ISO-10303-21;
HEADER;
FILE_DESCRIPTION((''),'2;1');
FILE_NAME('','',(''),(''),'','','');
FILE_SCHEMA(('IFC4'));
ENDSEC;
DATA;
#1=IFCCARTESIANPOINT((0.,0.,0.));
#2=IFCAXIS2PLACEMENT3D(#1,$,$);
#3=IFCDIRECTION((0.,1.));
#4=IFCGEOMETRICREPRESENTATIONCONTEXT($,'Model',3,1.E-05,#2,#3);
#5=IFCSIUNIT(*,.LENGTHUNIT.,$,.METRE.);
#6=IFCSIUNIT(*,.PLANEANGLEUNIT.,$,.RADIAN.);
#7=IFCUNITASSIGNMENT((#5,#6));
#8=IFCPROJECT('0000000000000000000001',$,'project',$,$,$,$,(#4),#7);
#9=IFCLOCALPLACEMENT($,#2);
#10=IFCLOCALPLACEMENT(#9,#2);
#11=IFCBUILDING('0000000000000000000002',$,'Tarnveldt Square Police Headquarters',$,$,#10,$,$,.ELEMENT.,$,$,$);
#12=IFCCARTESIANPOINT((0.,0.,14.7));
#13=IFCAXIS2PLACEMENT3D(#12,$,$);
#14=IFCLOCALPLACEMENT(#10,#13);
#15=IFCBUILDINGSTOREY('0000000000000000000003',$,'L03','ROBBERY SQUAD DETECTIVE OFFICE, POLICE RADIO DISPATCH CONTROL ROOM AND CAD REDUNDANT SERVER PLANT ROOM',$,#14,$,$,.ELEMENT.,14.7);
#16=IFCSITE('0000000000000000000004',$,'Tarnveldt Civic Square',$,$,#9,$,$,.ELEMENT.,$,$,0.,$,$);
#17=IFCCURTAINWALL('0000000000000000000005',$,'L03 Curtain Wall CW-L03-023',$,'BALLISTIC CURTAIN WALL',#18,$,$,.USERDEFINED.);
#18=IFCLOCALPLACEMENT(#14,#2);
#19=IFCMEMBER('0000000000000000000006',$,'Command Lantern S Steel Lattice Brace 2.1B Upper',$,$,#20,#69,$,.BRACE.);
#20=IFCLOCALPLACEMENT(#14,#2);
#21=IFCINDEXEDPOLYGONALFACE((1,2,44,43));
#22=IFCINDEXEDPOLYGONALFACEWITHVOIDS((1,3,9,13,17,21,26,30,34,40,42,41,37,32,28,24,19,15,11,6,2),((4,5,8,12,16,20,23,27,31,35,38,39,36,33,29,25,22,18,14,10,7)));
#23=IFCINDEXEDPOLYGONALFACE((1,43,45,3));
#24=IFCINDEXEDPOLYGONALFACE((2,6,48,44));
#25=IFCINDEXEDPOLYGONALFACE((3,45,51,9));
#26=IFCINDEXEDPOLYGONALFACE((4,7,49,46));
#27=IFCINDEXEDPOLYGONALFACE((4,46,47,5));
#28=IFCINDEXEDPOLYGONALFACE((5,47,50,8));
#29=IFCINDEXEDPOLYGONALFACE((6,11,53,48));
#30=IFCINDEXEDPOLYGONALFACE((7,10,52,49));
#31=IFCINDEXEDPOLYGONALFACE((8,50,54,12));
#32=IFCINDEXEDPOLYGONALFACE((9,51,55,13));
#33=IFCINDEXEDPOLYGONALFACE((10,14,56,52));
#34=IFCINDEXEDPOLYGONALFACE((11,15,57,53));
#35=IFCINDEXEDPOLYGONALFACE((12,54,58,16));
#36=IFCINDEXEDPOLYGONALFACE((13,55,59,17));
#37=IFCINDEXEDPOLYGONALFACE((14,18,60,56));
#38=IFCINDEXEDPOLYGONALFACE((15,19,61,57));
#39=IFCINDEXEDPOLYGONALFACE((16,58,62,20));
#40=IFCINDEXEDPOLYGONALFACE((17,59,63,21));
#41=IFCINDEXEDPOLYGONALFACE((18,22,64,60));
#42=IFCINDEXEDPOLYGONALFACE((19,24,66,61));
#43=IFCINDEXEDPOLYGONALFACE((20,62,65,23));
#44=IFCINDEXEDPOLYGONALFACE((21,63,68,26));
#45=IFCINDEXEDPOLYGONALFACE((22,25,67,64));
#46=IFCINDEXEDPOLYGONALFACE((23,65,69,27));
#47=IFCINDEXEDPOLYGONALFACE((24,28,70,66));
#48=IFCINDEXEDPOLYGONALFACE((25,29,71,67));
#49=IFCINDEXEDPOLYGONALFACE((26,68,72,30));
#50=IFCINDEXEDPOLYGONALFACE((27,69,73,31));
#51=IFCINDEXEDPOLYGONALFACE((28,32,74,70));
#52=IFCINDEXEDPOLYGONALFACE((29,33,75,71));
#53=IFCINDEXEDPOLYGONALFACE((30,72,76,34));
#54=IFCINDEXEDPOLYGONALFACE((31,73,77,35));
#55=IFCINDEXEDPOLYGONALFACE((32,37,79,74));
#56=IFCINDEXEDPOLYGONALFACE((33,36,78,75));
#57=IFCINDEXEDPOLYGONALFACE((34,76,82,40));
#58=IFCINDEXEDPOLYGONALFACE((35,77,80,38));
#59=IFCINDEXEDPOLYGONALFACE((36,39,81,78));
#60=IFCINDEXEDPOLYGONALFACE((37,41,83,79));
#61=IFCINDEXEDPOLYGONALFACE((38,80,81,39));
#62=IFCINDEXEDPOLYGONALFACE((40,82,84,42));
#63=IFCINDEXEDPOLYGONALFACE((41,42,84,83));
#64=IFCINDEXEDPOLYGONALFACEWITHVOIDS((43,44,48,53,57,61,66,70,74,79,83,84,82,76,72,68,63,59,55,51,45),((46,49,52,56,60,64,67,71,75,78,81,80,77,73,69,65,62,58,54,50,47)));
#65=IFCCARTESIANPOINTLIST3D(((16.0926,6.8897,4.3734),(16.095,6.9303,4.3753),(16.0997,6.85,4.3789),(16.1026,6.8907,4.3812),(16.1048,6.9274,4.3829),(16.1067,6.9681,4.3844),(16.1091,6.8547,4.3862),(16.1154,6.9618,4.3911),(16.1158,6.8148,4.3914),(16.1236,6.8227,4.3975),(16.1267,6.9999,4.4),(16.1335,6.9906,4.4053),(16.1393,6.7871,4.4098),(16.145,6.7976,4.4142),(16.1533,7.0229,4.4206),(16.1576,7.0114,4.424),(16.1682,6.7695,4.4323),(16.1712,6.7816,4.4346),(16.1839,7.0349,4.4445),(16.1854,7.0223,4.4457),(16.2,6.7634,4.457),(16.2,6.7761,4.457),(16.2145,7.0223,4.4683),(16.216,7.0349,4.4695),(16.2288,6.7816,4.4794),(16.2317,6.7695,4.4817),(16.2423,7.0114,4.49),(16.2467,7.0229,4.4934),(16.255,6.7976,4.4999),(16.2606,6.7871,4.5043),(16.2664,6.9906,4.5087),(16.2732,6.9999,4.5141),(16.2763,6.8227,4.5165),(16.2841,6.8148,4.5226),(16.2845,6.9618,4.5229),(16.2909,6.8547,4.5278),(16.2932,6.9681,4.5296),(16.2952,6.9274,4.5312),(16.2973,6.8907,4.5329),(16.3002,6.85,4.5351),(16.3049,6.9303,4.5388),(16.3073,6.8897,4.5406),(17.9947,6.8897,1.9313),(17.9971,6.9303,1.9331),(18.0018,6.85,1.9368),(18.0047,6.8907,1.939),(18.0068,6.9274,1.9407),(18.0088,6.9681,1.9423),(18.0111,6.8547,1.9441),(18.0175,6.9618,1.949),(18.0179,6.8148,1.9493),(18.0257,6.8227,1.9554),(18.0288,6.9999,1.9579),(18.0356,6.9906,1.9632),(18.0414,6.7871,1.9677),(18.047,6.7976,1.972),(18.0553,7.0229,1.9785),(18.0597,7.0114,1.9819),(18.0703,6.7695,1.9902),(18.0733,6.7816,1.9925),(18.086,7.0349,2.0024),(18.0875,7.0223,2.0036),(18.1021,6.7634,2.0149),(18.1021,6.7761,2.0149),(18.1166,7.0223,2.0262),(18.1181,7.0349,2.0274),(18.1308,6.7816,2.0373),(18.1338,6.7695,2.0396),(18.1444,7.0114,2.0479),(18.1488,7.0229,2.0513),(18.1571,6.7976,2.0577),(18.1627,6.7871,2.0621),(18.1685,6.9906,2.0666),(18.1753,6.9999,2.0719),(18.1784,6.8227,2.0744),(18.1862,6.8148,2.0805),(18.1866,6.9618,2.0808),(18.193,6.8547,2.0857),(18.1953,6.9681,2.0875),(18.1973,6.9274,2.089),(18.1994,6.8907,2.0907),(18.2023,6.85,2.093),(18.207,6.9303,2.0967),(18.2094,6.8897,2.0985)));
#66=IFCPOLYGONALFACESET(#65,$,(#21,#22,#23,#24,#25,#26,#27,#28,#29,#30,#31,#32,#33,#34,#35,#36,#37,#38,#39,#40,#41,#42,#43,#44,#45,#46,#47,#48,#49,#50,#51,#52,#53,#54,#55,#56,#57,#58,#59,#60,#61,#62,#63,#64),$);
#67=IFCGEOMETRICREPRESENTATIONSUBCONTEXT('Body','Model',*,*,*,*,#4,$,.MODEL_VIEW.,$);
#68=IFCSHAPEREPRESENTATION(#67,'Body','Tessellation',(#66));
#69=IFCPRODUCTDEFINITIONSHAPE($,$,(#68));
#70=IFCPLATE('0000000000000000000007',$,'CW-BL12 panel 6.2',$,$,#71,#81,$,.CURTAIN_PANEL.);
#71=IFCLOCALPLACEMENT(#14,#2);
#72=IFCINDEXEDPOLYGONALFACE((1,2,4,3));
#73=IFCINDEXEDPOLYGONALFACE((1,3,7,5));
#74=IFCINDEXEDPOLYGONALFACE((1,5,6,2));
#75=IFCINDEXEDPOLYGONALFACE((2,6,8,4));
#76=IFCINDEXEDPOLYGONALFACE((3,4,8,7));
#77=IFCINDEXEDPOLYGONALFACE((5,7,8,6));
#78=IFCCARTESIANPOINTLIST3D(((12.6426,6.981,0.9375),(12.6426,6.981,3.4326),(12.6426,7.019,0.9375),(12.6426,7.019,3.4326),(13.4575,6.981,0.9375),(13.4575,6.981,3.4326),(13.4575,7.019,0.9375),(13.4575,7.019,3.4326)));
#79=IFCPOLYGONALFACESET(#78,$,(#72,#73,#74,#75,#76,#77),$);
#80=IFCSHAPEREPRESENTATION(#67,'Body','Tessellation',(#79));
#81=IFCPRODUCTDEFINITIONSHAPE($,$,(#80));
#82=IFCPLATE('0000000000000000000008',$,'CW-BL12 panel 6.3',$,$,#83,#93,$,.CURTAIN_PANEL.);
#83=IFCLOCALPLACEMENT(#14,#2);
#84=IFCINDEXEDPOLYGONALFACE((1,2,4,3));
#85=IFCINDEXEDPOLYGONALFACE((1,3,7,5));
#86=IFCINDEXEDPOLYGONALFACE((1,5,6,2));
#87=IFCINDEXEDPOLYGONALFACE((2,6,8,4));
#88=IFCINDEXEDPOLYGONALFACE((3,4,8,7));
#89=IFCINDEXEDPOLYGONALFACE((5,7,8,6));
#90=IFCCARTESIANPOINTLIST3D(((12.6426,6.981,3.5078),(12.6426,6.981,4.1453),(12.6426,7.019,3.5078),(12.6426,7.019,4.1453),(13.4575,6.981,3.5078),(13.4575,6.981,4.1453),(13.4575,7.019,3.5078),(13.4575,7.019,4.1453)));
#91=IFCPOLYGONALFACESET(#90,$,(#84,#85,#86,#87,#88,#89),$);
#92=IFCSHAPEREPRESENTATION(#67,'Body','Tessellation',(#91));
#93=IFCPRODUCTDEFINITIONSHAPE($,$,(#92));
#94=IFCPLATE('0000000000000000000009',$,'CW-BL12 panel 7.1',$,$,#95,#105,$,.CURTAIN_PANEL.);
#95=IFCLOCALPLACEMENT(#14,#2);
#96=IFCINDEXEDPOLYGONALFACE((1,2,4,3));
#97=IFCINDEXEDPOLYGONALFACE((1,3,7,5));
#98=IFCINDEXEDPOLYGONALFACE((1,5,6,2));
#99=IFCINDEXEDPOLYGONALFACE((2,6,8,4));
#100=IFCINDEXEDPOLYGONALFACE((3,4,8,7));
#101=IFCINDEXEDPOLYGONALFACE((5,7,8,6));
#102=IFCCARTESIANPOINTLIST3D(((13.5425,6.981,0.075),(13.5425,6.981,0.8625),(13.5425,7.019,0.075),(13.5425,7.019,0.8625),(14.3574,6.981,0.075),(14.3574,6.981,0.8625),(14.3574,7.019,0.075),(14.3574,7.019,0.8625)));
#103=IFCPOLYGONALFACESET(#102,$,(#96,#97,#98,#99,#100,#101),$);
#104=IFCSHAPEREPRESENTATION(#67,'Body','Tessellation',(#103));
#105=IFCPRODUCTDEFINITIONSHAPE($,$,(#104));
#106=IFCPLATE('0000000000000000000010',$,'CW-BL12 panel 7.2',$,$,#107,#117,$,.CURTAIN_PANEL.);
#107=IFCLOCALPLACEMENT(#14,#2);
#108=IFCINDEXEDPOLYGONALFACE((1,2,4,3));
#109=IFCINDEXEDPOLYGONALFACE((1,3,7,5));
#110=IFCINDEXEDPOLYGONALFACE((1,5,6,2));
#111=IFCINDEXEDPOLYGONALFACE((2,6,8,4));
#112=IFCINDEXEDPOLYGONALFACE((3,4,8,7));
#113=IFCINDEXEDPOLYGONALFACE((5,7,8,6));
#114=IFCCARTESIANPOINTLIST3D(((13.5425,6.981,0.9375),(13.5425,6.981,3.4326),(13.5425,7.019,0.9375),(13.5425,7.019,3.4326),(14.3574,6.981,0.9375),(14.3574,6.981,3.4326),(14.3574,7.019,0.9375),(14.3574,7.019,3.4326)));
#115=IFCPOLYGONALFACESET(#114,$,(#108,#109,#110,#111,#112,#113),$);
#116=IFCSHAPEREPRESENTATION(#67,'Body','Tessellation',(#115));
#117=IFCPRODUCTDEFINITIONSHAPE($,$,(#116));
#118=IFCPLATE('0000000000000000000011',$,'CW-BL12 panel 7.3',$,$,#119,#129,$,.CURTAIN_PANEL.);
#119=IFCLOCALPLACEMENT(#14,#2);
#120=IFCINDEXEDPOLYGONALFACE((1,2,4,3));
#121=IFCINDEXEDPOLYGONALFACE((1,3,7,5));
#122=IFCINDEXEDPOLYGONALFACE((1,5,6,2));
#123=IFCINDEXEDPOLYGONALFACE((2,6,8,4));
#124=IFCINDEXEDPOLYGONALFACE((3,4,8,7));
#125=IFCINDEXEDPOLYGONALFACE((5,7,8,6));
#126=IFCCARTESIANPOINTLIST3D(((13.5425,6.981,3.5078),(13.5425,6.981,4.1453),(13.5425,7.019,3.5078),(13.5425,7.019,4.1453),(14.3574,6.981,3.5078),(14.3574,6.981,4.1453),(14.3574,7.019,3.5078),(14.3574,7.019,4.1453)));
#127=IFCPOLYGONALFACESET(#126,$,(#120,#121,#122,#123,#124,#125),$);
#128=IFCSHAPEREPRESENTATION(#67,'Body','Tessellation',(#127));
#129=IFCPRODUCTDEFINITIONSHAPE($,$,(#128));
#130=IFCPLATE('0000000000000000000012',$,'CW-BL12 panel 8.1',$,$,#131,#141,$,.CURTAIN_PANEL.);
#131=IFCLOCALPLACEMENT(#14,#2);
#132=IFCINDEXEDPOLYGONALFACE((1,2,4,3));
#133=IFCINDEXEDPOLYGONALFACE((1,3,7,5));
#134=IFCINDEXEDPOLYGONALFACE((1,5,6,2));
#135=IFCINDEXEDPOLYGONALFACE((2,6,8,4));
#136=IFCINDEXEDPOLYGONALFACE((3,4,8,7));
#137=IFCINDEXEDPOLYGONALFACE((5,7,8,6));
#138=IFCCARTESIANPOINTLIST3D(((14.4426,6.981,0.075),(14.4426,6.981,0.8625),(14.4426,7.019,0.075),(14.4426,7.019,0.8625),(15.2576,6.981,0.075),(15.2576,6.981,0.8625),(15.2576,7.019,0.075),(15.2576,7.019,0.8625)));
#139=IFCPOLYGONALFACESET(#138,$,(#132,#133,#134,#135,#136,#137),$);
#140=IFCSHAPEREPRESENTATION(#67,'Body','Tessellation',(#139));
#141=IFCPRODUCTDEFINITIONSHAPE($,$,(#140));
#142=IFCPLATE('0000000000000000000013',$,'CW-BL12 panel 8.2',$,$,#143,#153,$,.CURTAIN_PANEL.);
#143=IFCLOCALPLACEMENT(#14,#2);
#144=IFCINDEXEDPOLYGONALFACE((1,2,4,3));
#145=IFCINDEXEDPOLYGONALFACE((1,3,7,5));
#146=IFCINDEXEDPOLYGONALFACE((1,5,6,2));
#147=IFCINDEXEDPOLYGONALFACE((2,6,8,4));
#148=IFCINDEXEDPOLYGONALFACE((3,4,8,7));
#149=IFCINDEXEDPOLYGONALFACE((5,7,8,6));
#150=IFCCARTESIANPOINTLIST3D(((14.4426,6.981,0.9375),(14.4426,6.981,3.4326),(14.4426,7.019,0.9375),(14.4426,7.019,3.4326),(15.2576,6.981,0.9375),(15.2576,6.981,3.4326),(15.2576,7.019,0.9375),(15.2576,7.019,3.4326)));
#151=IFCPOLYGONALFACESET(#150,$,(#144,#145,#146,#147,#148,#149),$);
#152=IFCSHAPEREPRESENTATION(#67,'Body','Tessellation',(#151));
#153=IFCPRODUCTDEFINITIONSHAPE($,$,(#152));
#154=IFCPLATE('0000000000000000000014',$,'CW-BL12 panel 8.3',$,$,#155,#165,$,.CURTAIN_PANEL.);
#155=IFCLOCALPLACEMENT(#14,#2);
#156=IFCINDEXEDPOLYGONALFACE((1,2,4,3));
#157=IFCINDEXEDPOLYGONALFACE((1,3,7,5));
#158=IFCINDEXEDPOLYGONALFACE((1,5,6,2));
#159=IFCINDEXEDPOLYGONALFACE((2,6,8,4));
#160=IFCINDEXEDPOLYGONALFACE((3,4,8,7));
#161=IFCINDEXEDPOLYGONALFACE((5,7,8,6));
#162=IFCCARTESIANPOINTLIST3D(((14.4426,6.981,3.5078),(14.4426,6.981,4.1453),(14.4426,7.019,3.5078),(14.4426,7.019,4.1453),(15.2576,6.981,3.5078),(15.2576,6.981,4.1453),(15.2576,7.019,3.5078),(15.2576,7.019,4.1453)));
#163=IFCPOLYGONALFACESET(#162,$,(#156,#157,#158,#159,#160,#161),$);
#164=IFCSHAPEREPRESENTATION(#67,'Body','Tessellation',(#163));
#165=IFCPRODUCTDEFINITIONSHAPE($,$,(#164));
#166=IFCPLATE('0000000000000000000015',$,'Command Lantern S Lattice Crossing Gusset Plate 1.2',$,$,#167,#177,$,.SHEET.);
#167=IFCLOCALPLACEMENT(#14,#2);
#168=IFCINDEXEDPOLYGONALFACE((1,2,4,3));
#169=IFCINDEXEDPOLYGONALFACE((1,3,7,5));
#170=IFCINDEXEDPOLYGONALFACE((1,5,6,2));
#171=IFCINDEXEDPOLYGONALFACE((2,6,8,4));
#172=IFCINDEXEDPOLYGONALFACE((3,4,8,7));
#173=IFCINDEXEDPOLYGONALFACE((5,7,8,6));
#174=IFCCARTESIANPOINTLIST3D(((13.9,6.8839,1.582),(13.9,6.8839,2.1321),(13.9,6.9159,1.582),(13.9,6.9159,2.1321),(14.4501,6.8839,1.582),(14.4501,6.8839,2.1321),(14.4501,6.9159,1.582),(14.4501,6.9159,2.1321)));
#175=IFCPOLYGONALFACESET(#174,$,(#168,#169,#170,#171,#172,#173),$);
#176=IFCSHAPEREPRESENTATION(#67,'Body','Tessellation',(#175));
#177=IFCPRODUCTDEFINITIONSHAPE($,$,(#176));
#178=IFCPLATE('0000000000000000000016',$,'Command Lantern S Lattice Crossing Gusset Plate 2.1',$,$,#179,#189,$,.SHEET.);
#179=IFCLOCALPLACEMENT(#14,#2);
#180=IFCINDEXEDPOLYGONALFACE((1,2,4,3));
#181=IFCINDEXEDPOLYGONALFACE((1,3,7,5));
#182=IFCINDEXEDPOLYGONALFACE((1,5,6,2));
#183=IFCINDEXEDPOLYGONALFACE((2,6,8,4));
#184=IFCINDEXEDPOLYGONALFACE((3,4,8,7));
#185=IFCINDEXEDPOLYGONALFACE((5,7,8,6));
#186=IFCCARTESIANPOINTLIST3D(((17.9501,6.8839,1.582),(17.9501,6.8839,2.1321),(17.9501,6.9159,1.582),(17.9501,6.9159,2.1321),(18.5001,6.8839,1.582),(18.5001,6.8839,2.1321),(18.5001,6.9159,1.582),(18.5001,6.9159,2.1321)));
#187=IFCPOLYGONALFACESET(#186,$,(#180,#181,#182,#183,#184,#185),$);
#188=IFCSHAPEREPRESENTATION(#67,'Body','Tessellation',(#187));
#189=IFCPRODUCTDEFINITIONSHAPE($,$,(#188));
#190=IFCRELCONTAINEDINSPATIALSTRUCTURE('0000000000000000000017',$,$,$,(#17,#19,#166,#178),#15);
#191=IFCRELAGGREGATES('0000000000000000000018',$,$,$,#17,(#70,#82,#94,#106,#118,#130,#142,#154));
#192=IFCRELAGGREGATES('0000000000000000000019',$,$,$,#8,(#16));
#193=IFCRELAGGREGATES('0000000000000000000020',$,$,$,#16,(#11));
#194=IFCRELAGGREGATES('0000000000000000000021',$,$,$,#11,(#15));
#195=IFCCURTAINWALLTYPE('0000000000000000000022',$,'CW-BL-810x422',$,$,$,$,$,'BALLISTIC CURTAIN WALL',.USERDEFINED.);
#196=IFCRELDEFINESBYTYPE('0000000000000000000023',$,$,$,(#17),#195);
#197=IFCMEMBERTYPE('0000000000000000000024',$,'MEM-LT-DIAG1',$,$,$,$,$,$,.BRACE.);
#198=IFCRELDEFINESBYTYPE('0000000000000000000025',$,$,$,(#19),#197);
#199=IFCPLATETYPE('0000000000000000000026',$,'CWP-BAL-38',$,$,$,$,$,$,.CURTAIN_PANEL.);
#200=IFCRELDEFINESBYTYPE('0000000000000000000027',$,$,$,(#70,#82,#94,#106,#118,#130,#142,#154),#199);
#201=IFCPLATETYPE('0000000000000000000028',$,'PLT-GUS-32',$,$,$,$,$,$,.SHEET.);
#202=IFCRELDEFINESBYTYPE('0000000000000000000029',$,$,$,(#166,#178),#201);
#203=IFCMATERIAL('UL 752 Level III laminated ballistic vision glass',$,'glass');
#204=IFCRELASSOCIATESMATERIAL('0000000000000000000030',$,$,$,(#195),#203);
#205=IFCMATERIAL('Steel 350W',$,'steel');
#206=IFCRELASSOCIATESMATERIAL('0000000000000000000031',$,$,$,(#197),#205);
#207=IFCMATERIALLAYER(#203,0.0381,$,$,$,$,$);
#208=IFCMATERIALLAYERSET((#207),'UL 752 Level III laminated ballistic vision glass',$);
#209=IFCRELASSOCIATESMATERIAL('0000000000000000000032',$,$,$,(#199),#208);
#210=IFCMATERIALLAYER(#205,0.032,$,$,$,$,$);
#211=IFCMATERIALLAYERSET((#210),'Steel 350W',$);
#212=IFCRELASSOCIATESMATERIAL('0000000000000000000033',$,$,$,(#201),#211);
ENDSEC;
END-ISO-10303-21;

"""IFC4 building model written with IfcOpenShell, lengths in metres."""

from ifc_helpers import new_model, si_unit, direction, frame, origin, origin_2d, place, context, subcontext, project, spatial, rectangle, hollow_circle, extrude, material, layer, layer_set, material_profile, profile_set, type_object, element, aggregate, save


model = new_model("IFC4")

# Units and contexts
model_context = context("Model", 3, precision=1e-05, world=origin(), true_north=direction((0.0, 1.0)))
body_context = subcontext(model_context, "Body", "Model", "MODEL_VIEW")
ifc_project = project(units=[si_unit("LENGTHUNIT", "METRE"), si_unit("PLANEANGLEUNIT", "RADIAN")], contexts=[model_context])

# Site, building, storey
site_placement = place(None, origin())
site = spatial("IfcSite", under=ifc_project, at=site_placement, Name="Tarnveldt Civic Square", CompositionType="ELEMENT", RefElevation=0.0)
building_placement = place(site_placement, origin())
building = spatial("IfcBuilding", under=site, at=building_placement, Name="Tarnveldt Square Police Headquarters", CompositionType="ELEMENT")
storey_placement = place(building_placement, frame((0.0, 0.0, 14.7)))
storey = spatial("IfcBuildingStorey", under=building, at=storey_placement, Name="L03", Description="ROBBERY SQUAD DETECTIVE OFFICE, POLICE RADIO DISPATCH CONTROL ROOM AND CAD REDUNDANT SERVER PLANT ROOM", CompositionType="ELEMENT", Elevation=14.7)

# Curtain wall
ifc_material_1 = material(Name="UL 752 Level III laminated ballistic vision glass", Category="glass")
curtain_wall_type = type_object("IfcCurtainWallType", Name="CW-BL-810x422", ElementType="BALLISTIC CURTAIN WALL", PredefinedType="USERDEFINED", material=ifc_material_1)
curtain_wall_placement = place(storey_placement, origin())
curtain_wall = element("IfcCurtainWall", 1, at=curtain_wall_placement, inside=storey, type_object=curtain_wall_type, Name="L03 Curtain Wall CW-L03-023", ObjectType="BALLISTIC CURTAIN WALL", PredefinedType="USERDEFINED")

# Member
ifc_material_2 = material(Name="Steel 350W", Category="steel")
ifc_material_profile_1 = material_profile(ifc_material_2, hollow_circle(Radius=0.1365, WallThickness=0.0127, at=origin_2d()), Name="HSS273x13")
ifc_profile_set_1 = profile_set([ifc_material_profile_1], Name="Steel 350W")
member_type_1 = type_object("IfcMemberType", Name="MEM-LT-DIAG1", PredefinedType="BRACE", material=ifc_profile_set_1)
member_1_placement = place(storey_placement, frame((18.1021, 6.8999, 2.0149), z_axis=(-0.614476, 0.0, 0.788936), x_axis=(0.0, -1.0, 0.0)))
element("IfcMember", 2, at=member_1_placement, inside=storey, type_object=member_type_1, Name="Command Lantern S Steel Lattice Brace 2.1B Upper", PredefinedType="BRACE", context=body_context, shape_type="SweptSolid", body=[
    extrude(hollow_circle(Radius=0.1365, WallThickness=0.0127, at=origin_2d()), origin(), (0.0, 0.0, 1.0), 3.0955),
])

# Plates
ifc_layer_1 = layer(ifc_material_1, 0.0381)
ifc_layer_set_1 = layer_set([ifc_layer_1], Name="UL 752 Level III laminated ballistic vision glass")
plate_type_1 = type_object("IfcPlateType", Name="CWP-BAL-38", PredefinedType="CURTAIN_PANEL", material=ifc_layer_set_1)
plate_1_placement = place(storey_placement, frame((13.05, 7.0, 0.9375), z_axis=(0.0, 0.0, 1.0), x_axis=(1.0, 0.0, 0.0)))
plate_1 = element("IfcPlate", 3, at=plate_1_placement, type_object=plate_type_1, Name="CW-BL12 panel 6.2", PredefinedType="CURTAIN_PANEL", context=body_context, shape_type="SweptSolid", body=[
    extrude(rectangle(XDim=0.8149, YDim=0.0381, at=origin_2d()), origin(), (0.0, 0.0, 1.0), 2.4951),
])
plate_2_placement = place(storey_placement, frame((13.05, 7.0, 3.5078), z_axis=(0.0, 0.0, 1.0), x_axis=(1.0, 0.0, 0.0)))
plate_2 = element("IfcPlate", 4, at=plate_2_placement, type_object=plate_type_1, Name="CW-BL12 panel 6.3", PredefinedType="CURTAIN_PANEL", context=body_context, shape_type="SweptSolid", body=[
    extrude(rectangle(XDim=0.8149, YDim=0.0381, at=origin_2d()), origin(), (0.0, 0.0, 1.0), 0.6375),
])
plate_3_placement = place(storey_placement, frame((13.95, 7.0, 0.075), z_axis=(0.0, 0.0, 1.0), x_axis=(1.0, 0.0, 0.0)))
plate_3 = element("IfcPlate", 5, at=plate_3_placement, type_object=plate_type_1, Name="CW-BL12 panel 7.1", PredefinedType="CURTAIN_PANEL", context=body_context, shape_type="SweptSolid", body=[
    extrude(rectangle(XDim=0.8149, YDim=0.0381, at=origin_2d()), origin(), (0.0, 0.0, 1.0), 0.7876),
])
plate_4_placement = place(storey_placement, frame((13.95, 7.0, 0.9375), z_axis=(0.0, 0.0, 1.0), x_axis=(1.0, 0.0, 0.0)))
plate_4 = element("IfcPlate", 6, at=plate_4_placement, type_object=plate_type_1, Name="CW-BL12 panel 7.2", PredefinedType="CURTAIN_PANEL", context=body_context, shape_type="SweptSolid", body=[
    extrude(rectangle(XDim=0.8149, YDim=0.0381, at=origin_2d()), origin(), (0.0, 0.0, 1.0), 2.4951),
])
plate_5_placement = place(storey_placement, frame((13.95, 7.0, 3.5078), z_axis=(0.0, 0.0, 1.0), x_axis=(1.0, 0.0, 0.0)))
plate_5 = element("IfcPlate", 7, at=plate_5_placement, type_object=plate_type_1, Name="CW-BL12 panel 7.3", PredefinedType="CURTAIN_PANEL", context=body_context, shape_type="SweptSolid", body=[
    extrude(rectangle(XDim=0.8149, YDim=0.0381, at=origin_2d()), origin(), (0.0, 0.0, 1.0), 0.6375),
])
plate_6_placement = place(storey_placement, frame((14.8501, 7.0, 0.075), z_axis=(0.0, 0.0, 1.0), x_axis=(1.0, 0.0, 0.0)))
plate_6 = element("IfcPlate", 8, at=plate_6_placement, type_object=plate_type_1, Name="CW-BL12 panel 8.1", PredefinedType="CURTAIN_PANEL", context=body_context, shape_type="SweptSolid", body=[
    extrude(rectangle(XDim=0.8149, YDim=0.0381, at=origin_2d()), origin(), (0.0, 0.0, 1.0), 0.7876),
])
plate_7_placement = place(storey_placement, frame((14.8501, 7.0, 0.9375), z_axis=(0.0, 0.0, 1.0), x_axis=(1.0, 0.0, 0.0)))
plate_7 = element("IfcPlate", 9, at=plate_7_placement, type_object=plate_type_1, Name="CW-BL12 panel 8.2", PredefinedType="CURTAIN_PANEL", context=body_context, shape_type="SweptSolid", body=[
    extrude(rectangle(XDim=0.8149, YDim=0.0381, at=origin_2d()), origin(), (0.0, 0.0, 1.0), 2.4951),
])
plate_8_placement = place(storey_placement, frame((14.8501, 7.0, 3.5078), z_axis=(0.0, 0.0, 1.0), x_axis=(1.0, 0.0, 0.0)))
plate_8 = element("IfcPlate", 10, at=plate_8_placement, type_object=plate_type_1, Name="CW-BL12 panel 8.3", PredefinedType="CURTAIN_PANEL", context=body_context, shape_type="SweptSolid", body=[
    extrude(rectangle(XDim=0.8149, YDim=0.0381, at=origin_2d()), origin(), (0.0, 0.0, 1.0), 0.6375),
])
aggregate(curtain_wall, [plate_1, plate_2, plate_3, plate_4, plate_5, plate_6, plate_7, plate_8])

# Plates
ifc_layer_2 = layer(ifc_material_2, 0.032)
ifc_layer_set_2 = layer_set([ifc_layer_2], Name="Steel 350W")
plate_type_2 = type_object("IfcPlateType", Name="PLT-GUS-32", PredefinedType="SHEET", material=ifc_layer_set_2)
for number, where, z_axis, x_axis, name in (
    (11, (14.175, 6.8999, 1.582), (0.0, 0.0, 1.0), (1.0, 0.0, 0.0), "Command Lantern S Lattice Crossing Gusset Plate 1.2"),
    (12, (18.2251, 6.8999, 1.582), (0.0, 0.0, 1.0), (1.0, 0.0, 0.0), "Command Lantern S Lattice Crossing Gusset Plate 2.1"),
):
    element("IfcPlate", number, at=place(storey_placement, frame(where, z_axis=z_axis, x_axis=x_axis)), inside=storey, type_object=plate_type_2, Name=name, PredefinedType="SHEET", context=body_context, shape_type="SweptSolid", body=[
        extrude(rectangle(XDim=0.55, YDim=0.032, at=origin_2d()), origin(), (0.0, 0.0, 1.0), 0.55),
    ])

save(model, "model.ifc")
